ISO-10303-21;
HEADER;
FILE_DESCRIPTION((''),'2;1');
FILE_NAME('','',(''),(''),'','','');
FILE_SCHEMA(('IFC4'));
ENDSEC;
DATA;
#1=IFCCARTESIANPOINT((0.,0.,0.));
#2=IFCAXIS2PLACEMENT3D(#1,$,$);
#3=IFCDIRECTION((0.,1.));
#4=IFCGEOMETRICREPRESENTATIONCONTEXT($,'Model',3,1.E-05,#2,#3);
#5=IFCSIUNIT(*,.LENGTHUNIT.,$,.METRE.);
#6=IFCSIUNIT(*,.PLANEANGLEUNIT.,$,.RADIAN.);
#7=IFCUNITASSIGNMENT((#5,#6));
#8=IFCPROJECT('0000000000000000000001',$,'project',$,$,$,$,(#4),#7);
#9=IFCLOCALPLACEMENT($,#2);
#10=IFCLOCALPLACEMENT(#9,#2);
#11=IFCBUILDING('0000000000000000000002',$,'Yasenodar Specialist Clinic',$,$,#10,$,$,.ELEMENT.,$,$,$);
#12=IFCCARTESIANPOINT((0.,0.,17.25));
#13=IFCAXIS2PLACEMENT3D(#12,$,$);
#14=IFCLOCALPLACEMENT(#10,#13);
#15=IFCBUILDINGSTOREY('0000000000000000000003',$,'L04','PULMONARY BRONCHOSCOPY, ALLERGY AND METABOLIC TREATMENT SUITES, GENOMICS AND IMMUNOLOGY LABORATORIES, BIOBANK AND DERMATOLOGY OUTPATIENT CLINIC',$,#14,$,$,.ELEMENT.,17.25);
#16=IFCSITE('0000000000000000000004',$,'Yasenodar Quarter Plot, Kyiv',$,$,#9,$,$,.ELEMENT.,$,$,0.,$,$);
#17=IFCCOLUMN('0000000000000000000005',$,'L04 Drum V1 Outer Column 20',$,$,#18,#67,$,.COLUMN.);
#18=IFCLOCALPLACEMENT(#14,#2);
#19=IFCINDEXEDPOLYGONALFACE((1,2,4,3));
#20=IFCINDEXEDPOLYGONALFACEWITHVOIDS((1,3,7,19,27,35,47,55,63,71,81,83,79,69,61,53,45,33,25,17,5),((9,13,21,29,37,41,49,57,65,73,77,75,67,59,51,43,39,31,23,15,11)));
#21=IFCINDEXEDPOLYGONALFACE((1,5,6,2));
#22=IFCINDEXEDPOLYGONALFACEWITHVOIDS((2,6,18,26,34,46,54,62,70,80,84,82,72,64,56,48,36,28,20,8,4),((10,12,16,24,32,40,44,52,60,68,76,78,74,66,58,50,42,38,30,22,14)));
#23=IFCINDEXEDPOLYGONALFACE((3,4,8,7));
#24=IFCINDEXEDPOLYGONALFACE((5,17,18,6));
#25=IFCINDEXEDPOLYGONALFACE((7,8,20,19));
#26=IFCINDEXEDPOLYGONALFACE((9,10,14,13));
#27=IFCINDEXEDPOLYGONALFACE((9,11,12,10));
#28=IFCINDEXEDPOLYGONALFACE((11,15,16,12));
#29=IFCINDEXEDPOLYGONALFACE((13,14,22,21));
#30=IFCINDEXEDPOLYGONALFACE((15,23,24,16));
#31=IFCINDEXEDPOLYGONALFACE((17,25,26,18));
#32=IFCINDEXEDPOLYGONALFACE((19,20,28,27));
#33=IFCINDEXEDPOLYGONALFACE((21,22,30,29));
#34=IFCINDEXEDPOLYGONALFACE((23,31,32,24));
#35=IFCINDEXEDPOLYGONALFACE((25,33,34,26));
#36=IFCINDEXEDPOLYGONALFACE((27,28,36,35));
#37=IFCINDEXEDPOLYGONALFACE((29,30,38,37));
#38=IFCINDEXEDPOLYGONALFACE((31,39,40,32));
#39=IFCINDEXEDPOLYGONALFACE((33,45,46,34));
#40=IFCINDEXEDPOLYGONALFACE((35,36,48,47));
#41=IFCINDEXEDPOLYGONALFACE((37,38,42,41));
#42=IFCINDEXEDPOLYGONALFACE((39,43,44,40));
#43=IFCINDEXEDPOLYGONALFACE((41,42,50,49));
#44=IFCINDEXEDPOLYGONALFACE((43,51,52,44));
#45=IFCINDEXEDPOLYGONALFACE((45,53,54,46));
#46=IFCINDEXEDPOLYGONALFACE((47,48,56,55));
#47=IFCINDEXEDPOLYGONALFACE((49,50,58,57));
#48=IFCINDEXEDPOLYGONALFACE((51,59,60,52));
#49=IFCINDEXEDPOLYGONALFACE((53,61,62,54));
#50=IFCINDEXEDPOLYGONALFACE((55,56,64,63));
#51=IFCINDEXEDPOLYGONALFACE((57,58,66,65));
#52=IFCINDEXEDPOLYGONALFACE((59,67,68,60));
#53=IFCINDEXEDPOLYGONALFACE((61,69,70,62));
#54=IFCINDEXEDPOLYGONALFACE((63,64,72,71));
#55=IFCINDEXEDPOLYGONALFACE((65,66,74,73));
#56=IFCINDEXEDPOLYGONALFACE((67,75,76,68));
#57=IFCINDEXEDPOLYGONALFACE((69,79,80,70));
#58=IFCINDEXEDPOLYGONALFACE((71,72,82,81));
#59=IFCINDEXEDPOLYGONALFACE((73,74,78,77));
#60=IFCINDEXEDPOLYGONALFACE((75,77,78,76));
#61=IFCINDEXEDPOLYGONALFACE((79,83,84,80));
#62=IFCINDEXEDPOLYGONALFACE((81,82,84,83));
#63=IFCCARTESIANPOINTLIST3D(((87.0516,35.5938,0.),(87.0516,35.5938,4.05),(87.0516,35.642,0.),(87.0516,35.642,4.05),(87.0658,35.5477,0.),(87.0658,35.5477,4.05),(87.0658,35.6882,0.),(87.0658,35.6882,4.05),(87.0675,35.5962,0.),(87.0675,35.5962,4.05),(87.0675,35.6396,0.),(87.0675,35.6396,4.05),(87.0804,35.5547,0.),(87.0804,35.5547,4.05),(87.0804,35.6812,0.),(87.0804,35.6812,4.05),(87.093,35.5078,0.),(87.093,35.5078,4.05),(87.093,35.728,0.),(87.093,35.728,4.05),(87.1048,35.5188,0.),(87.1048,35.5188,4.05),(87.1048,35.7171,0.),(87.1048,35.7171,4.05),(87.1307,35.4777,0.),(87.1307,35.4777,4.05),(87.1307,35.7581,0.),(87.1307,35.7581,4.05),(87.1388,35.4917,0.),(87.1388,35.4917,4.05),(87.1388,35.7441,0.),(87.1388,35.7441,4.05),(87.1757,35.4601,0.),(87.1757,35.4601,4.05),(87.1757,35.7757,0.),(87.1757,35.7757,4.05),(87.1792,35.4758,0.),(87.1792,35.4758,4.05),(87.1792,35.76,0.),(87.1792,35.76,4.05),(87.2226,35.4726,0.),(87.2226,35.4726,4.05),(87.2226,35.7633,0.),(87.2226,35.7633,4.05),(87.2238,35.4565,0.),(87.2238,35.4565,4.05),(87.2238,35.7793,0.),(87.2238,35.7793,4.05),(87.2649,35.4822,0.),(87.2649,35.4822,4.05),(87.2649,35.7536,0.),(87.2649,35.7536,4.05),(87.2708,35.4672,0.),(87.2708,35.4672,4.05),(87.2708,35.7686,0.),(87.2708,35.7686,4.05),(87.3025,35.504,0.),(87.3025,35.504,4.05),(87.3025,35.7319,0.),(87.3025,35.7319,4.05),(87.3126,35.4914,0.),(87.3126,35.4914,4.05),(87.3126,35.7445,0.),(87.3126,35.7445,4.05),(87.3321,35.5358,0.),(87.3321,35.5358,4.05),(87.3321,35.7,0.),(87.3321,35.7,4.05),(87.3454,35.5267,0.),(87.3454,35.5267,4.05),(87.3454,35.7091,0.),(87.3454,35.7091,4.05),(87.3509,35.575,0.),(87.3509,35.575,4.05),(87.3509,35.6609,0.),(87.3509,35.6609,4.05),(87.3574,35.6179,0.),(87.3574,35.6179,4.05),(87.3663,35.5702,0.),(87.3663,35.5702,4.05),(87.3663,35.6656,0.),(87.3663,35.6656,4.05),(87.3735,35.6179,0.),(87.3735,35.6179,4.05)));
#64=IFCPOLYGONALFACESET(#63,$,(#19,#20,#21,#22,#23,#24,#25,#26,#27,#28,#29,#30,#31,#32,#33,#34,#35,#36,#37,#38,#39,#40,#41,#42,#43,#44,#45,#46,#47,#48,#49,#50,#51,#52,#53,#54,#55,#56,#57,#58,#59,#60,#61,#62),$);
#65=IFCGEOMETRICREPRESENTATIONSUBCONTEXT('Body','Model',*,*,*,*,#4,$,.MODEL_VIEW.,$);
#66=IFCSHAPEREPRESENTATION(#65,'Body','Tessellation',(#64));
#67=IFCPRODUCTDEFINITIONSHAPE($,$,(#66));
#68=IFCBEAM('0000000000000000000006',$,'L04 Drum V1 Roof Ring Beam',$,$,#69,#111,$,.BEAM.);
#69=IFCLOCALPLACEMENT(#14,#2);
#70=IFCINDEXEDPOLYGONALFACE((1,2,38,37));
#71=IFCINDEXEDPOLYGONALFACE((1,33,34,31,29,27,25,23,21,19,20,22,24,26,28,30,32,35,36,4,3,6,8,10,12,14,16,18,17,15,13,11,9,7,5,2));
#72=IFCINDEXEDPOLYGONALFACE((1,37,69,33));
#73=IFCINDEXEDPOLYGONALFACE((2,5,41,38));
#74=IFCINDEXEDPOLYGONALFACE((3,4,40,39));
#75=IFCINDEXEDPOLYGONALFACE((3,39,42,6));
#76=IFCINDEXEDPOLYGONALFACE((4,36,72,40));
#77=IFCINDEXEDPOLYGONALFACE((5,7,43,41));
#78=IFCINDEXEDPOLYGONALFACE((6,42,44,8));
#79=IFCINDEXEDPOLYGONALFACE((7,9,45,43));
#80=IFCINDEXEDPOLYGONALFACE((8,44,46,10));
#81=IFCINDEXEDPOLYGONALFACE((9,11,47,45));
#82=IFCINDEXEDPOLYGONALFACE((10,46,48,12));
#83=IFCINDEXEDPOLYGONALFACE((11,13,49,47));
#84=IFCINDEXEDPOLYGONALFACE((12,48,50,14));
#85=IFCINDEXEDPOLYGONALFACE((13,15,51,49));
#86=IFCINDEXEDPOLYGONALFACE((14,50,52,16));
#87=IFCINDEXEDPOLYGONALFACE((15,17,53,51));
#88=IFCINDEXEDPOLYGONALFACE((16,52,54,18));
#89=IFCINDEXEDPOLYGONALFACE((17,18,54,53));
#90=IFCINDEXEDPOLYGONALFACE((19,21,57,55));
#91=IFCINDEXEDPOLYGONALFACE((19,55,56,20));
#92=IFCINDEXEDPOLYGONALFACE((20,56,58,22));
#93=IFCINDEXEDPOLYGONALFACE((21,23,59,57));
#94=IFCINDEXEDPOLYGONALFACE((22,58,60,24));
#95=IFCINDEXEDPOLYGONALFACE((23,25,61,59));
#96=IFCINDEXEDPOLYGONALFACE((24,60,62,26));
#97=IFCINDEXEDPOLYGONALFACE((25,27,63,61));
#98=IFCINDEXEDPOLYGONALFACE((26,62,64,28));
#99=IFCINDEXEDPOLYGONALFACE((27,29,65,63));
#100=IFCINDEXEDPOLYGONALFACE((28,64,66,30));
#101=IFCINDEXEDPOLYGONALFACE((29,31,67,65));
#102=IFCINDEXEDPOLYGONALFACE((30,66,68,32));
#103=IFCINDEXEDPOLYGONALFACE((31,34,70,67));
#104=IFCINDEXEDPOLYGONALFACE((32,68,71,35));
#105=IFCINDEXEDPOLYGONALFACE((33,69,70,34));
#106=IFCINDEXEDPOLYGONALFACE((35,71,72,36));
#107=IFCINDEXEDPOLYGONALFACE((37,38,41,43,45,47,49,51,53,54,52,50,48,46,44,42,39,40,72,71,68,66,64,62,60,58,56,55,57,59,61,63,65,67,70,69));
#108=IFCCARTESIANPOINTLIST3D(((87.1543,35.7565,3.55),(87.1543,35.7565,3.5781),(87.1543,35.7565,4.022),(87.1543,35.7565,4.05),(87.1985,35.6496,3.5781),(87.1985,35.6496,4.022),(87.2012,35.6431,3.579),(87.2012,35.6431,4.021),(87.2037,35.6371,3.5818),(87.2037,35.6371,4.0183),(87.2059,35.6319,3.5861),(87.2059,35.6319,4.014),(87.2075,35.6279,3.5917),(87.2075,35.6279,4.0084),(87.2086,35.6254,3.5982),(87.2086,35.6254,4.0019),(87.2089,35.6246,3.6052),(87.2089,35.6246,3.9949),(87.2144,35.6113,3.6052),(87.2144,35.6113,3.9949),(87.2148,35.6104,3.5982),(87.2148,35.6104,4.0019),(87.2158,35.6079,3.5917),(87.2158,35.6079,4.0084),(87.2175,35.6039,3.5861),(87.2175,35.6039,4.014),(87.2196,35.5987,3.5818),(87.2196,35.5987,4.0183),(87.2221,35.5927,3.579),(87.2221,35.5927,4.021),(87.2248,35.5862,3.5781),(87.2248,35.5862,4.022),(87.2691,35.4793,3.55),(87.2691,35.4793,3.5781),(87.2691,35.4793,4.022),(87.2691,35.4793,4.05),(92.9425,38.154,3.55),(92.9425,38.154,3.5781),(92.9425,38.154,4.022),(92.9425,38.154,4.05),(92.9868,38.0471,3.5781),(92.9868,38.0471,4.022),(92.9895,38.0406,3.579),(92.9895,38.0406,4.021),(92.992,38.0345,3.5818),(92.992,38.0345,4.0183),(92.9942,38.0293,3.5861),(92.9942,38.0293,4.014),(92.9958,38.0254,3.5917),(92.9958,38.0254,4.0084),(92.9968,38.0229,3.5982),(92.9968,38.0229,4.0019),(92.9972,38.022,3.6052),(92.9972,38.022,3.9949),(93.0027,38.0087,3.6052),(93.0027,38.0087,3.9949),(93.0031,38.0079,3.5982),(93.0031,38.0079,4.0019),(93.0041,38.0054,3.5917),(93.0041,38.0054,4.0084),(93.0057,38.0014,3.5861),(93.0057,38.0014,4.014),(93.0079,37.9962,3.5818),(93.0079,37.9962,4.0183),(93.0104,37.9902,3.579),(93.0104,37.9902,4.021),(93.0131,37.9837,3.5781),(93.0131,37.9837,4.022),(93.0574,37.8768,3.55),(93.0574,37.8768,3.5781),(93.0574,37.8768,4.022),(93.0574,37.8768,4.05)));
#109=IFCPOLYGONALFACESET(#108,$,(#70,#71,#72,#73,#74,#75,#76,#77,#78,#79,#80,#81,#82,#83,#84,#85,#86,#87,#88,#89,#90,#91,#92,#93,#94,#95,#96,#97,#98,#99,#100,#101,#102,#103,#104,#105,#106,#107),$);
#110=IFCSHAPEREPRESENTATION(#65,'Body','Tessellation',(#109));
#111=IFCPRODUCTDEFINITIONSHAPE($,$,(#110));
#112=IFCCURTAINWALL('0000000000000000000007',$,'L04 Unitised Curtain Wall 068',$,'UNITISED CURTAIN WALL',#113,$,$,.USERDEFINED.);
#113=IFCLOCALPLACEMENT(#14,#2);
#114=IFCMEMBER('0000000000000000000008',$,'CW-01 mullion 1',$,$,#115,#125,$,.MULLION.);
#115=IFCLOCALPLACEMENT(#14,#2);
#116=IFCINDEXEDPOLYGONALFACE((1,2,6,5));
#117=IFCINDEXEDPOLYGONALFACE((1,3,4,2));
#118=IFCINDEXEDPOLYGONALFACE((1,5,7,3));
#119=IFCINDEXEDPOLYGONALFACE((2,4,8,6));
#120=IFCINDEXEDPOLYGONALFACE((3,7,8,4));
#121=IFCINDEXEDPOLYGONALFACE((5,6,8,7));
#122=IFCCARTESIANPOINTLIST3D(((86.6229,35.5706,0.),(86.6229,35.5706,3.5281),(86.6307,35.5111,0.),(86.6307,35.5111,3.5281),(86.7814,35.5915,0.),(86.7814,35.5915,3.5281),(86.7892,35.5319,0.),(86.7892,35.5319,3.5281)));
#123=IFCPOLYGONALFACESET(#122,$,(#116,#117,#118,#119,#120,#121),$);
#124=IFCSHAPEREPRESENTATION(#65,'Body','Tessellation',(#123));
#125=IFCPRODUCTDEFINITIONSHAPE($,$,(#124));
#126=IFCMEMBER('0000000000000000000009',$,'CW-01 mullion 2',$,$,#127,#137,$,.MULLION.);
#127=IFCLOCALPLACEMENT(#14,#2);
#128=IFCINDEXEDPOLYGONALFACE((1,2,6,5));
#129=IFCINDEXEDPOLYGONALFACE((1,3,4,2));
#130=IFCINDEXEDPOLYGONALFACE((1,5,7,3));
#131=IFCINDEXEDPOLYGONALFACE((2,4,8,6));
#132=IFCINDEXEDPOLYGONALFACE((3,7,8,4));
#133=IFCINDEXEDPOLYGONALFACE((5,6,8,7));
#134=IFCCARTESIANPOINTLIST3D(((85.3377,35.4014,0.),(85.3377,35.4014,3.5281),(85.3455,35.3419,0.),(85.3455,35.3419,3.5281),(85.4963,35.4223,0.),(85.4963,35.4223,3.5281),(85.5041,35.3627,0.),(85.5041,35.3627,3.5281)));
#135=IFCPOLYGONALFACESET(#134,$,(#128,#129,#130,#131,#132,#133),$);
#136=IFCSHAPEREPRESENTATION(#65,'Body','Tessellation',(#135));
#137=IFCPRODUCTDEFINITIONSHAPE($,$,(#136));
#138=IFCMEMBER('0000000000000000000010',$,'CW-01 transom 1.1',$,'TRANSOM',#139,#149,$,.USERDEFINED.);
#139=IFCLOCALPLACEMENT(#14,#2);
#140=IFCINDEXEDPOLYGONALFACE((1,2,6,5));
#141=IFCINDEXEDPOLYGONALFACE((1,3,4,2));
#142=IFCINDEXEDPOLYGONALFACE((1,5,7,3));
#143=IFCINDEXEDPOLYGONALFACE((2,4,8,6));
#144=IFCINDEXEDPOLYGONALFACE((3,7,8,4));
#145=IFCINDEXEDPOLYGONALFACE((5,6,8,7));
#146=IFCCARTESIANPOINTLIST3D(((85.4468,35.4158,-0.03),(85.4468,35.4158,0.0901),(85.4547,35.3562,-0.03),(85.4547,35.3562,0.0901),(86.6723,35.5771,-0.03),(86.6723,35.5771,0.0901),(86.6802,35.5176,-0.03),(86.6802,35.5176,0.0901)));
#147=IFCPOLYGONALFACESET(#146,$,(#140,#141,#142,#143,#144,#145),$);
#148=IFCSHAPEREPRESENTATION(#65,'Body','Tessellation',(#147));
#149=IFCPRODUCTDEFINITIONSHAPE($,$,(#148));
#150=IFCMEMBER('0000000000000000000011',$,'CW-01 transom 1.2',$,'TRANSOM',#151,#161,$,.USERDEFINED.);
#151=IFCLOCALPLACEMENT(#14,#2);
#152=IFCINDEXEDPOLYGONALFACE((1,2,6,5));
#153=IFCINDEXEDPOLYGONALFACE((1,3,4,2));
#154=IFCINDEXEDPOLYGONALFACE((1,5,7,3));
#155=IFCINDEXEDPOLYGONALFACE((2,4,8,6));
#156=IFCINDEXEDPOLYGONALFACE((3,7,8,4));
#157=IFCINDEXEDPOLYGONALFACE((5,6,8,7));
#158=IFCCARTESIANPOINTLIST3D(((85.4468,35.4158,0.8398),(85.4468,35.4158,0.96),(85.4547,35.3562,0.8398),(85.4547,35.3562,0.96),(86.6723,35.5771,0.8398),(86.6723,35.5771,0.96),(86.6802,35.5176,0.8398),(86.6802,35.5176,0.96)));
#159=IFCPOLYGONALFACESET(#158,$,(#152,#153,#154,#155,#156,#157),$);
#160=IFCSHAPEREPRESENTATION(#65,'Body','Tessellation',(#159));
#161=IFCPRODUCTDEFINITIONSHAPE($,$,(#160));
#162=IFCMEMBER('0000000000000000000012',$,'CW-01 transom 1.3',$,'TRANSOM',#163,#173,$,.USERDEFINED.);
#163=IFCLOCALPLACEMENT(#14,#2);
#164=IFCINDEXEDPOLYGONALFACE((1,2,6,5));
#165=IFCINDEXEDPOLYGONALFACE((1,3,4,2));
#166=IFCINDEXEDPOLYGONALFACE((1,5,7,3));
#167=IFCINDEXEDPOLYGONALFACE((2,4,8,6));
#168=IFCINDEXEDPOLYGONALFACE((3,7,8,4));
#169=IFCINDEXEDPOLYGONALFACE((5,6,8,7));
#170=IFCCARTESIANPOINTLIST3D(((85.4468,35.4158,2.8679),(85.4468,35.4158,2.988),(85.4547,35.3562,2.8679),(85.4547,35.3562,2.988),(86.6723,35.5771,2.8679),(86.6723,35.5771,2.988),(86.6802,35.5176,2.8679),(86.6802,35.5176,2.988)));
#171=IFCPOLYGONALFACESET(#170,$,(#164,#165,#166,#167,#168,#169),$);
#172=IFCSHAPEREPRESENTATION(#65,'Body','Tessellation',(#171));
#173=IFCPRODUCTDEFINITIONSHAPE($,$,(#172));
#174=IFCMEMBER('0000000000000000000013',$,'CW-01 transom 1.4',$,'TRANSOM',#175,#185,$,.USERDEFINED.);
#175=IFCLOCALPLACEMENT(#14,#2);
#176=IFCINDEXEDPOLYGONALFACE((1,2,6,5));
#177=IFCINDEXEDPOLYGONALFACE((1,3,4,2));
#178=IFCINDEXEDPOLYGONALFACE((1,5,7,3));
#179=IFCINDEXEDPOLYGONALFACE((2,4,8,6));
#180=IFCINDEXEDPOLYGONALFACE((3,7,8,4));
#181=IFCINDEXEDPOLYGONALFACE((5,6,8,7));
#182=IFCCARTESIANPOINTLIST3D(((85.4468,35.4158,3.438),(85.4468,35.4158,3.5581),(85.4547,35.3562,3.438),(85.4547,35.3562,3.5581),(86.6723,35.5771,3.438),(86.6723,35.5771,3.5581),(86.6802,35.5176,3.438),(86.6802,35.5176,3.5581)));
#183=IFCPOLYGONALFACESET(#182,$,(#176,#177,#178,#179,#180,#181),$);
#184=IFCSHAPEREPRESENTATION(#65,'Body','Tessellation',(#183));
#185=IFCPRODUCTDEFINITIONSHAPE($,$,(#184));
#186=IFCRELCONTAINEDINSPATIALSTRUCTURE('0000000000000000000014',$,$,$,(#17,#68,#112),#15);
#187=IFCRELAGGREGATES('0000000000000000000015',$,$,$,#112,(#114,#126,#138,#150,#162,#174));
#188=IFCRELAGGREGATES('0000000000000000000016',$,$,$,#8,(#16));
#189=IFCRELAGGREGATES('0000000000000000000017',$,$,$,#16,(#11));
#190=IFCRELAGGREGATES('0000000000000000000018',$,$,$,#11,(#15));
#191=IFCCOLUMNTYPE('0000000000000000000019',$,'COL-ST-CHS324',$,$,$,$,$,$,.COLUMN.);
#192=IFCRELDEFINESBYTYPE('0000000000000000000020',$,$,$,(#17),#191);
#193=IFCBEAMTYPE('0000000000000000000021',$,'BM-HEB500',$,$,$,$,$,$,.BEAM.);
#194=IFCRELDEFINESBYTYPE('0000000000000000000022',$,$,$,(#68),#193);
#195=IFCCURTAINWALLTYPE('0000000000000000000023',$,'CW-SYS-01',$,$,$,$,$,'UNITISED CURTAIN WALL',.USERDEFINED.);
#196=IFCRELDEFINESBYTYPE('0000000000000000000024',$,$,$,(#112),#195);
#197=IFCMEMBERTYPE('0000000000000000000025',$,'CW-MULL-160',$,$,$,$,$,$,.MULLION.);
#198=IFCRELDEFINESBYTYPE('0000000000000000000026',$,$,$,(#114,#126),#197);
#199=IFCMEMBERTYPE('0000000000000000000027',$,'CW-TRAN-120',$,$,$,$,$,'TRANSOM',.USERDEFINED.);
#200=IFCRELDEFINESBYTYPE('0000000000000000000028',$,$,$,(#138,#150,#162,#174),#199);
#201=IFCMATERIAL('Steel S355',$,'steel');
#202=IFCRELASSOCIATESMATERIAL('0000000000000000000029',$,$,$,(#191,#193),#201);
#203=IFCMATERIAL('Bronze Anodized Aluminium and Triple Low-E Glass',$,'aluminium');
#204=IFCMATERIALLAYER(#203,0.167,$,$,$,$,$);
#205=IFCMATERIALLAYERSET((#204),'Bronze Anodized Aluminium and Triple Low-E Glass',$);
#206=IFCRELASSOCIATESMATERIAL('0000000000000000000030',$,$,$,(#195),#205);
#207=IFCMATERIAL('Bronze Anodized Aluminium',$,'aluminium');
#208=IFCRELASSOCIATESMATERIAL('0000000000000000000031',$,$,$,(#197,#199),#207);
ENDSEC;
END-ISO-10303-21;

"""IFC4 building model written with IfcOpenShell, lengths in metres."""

from ifc_helpers import new_model, si_unit, direction, frame, origin, origin_2d, place, context, subcontext, project, spatial, rectangle, hollow_circle, i_section, extrude, material, layer, layer_set, material_profile, profile_set, type_object, element, aggregate, save


model = new_model("IFC4")

# Units and contexts
model_context = context("Model", 3, precision=1e-05, world=origin(), true_north=direction((0.0, 1.0)))
body_context = subcontext(model_context, "Body", "Model", "MODEL_VIEW")
ifc_project = project(units=[si_unit("LENGTHUNIT", "METRE"), si_unit("PLANEANGLEUNIT", "RADIAN")], contexts=[model_context])

# Site, building, storey
site_placement = place(None, origin())
site = spatial("IfcSite", under=ifc_project, at=site_placement, Name="Yasenodar Quarter Plot, Kyiv", CompositionType="ELEMENT", RefElevation=0.0)
building_placement = place(site_placement, origin())
building = spatial("IfcBuilding", under=site, at=building_placement, Name="Yasenodar Specialist Clinic", CompositionType="ELEMENT")
storey_placement = place(building_placement, frame((0.0, 0.0, 17.25)))
storey = spatial("IfcBuildingStorey", under=building, at=storey_placement, Name="L04", Description="PULMONARY BRONCHOSCOPY, ALLERGY AND METABOLIC TREATMENT SUITES, GENOMICS AND IMMUNOLOGY LABORATORIES, BIOBANK AND DERMATOLOGY OUTPATIENT CLINIC", CompositionType="ELEMENT", Elevation=17.25)

# Column
ifc_material_1 = material(Name="Steel S355", Category="steel")
ifc_material_profile_1 = material_profile(ifc_material_1, hollow_circle(Radius=0.1619, WallThickness=0.0161, at=origin_2d()), Name="CHS 323.9x16")
ifc_profile_set_1 = profile_set([ifc_material_profile_1], Name="Steel S355")
column_type = type_object("IfcColumnType", Name="COL-ST-CHS324", PredefinedType="COLUMN", material=ifc_profile_set_1)
column_placement = place(storey_placement, frame((87.2117, 35.6179, 0.0), z_axis=(0.0, 0.0, 1.0), x_axis=(1.0, 0.0, 0.0)))
element("IfcColumn", 1, at=column_placement, inside=storey, type_object=column_type, Name="L04 Drum V1 Outer Column 20", PredefinedType="COLUMN", context=body_context, shape_type="SweptSolid", body=[
    extrude(hollow_circle(Radius=0.1619, WallThickness=0.0161, at=origin_2d()), origin(), (0.0, 0.0, 1.0), 4.05),
])

# Beam
ifc_material_profile_2 = material_profile(ifc_material_1, i_section(OverallWidth=0.3, OverallDepth=0.5, WebThickness=0.0144, FlangeThickness=0.0281, FilletRadius=0.0271, at=origin_2d()), Name="HEB 500")
ifc_profile_set_2 = profile_set([ifc_material_profile_2], Name="Steel S355")
beam_type = type_object("IfcBeamType", Name="BM-HEB500", PredefinedType="BEAM", material=ifc_profile_set_2)
beam_placement = place(storey_placement, frame((87.2117, 35.6179, 3.8), z_axis=(0.923888, 0.382664, 0.0), x_axis=(-0.382664, 0.923888, 0.0)))
element("IfcBeam", 2, at=beam_placement, inside=storey, type_object=beam_type, Name="L04 Drum V1 Roof Ring Beam", PredefinedType="BEAM", context=body_context, shape_type="SweptSolid", body=[
    extrude(i_section(OverallWidth=0.3, OverallDepth=0.5, WebThickness=0.0144, FlangeThickness=0.0281, FilletRadius=0.0271, at=origin_2d()), origin(), (0.0, 0.0, 1.0), 6.2651),
])

# Curtain wall, members
ifc_material_2 = material(Name="Bronze Anodized Aluminium and Triple Low-E Glass", Category="aluminium")
ifc_layer_1 = layer(ifc_material_2, 0.167)
ifc_layer_set_1 = layer_set([ifc_layer_1], Name="Bronze Anodized Aluminium and Triple Low-E Glass")
curtain_wall_type = type_object("IfcCurtainWallType", Name="CW-SYS-01", ElementType="UNITISED CURTAIN WALL", PredefinedType="USERDEFINED", material=ifc_layer_set_1)
curtain_wall_placement = place(storey_placement, origin())
curtain_wall = element("IfcCurtainWall", 3, at=curtain_wall_placement, inside=storey, type_object=curtain_wall_type, Name="L04 Unitised Curtain Wall 068", ObjectType="UNITISED CURTAIN WALL", PredefinedType="USERDEFINED")
ifc_material_3 = material(Name="Bronze Anodized Aluminium", Category="aluminium")
ifc_material_profile_3 = material_profile(ifc_material_3, rectangle(XDim=0.0601, YDim=0.1599, at=origin_2d()), Name="CW-MULL 60x160")
ifc_profile_set_3 = profile_set([ifc_material_profile_3], Name="Bronze Anodized Aluminium")
member_type_1 = type_object("IfcMemberType", Name="CW-MULL-160", PredefinedType="MULLION", material=ifc_profile_set_3)
member_1_placement = place(storey_placement, frame((86.7061, 35.5513, 0.0), z_axis=(0.0, 0.0, 1.0), x_axis=(0.130512, -0.991447, 0.0)))
member_1 = element("IfcMember", 4, at=member_1_placement, type_object=member_type_1, Name="CW-01 mullion 1", PredefinedType="MULLION", context=body_context, shape_type="SweptSolid", body=[
    extrude(rectangle(XDim=0.0601, YDim=0.1599, at=origin_2d()), origin(), (0.0, 0.0, 1.0), 3.5281),
])
member_2_placement = place(storey_placement, frame((85.4209, 35.3821, 0.0), z_axis=(0.0, 0.0, 1.0), x_axis=(0.130512, -0.991447, 0.0)))
member_2 = element("IfcMember", 5, at=member_2_placement, type_object=member_type_1, Name="CW-01 mullion 2", PredefinedType="MULLION", context=body_context, shape_type="SweptSolid", body=[
    extrude(rectangle(XDim=0.0601, YDim=0.1599, at=origin_2d()), origin(), (0.0, 0.0, 1.0), 3.5281),
])
ifc_material_profile_4 = material_profile(ifc_material_3, rectangle(XDim=0.0601, YDim=0.1201, at=origin_2d()), Name="CW-TRAN 60x120")
ifc_profile_set_4 = profile_set([ifc_material_profile_4], Name="Bronze Anodized Aluminium")
member_type_2 = type_object("IfcMemberType", Name="CW-TRAN-120", ElementType="TRANSOM", PredefinedType="USERDEFINED", material=ifc_profile_set_4)
member_3_placement = place(storey_placement, frame((86.6763, 35.5474, 0.03), z_axis=(-0.991442, -0.130546, 0.0), x_axis=(0.130546, -0.991442, 0.0)))
member_3 = element("IfcMember", 6, at=member_3_placement, type_object=member_type_2, Name="CW-01 transom 1.1", ObjectType="TRANSOM", PredefinedType="USERDEFINED", context=body_context, shape_type="SweptSolid", body=[
    extrude(rectangle(XDim=0.0601, YDim=0.1201, at=origin_2d()), origin(), (0.0, 0.0, 1.0), 1.2361),
])
member_4_placement = place(storey_placement, frame((86.6763, 35.5474, 0.8999), z_axis=(-0.991442, -0.130546, 0.0), x_axis=(0.130546, -0.991442, 0.0)))
member_4 = element("IfcMember", 7, at=member_4_placement, type_object=member_type_2, Name="CW-01 transom 1.2", ObjectType="TRANSOM", PredefinedType="USERDEFINED", context=body_context, shape_type="SweptSolid", body=[
    extrude(rectangle(XDim=0.0601, YDim=0.1201, at=origin_2d()), origin(), (0.0, 0.0, 1.0), 1.2361),
])
member_5_placement = place(storey_placement, frame((86.6763, 35.5474, 2.928), z_axis=(-0.991442, -0.130546, 0.0), x_axis=(0.130546, -0.991442, 0.0)))
member_5 = element("IfcMember", 8, at=member_5_placement, type_object=member_type_2, Name="CW-01 transom 1.3", ObjectType="TRANSOM", PredefinedType="USERDEFINED", context=body_context, shape_type="SweptSolid", body=[
    extrude(rectangle(XDim=0.0601, YDim=0.1201, at=origin_2d()), origin(), (0.0, 0.0, 1.0), 1.2361),
])
member_6_placement = place(storey_placement, frame((86.6763, 35.5474, 3.498), z_axis=(-0.991442, -0.130546, 0.0), x_axis=(0.130546, -0.991442, 0.0)))
member_6 = element("IfcMember", 9, at=member_6_placement, type_object=member_type_2, Name="CW-01 transom 1.4", ObjectType="TRANSOM", PredefinedType="USERDEFINED", context=body_context, shape_type="SweptSolid", body=[
    extrude(rectangle(XDim=0.0601, YDim=0.1201, at=origin_2d()), origin(), (0.0, 0.0, 1.0), 1.2361),
])
aggregate(curtain_wall, [member_1, member_2, member_3, member_4, member_5, member_6])

save(model, "model.ifc")
